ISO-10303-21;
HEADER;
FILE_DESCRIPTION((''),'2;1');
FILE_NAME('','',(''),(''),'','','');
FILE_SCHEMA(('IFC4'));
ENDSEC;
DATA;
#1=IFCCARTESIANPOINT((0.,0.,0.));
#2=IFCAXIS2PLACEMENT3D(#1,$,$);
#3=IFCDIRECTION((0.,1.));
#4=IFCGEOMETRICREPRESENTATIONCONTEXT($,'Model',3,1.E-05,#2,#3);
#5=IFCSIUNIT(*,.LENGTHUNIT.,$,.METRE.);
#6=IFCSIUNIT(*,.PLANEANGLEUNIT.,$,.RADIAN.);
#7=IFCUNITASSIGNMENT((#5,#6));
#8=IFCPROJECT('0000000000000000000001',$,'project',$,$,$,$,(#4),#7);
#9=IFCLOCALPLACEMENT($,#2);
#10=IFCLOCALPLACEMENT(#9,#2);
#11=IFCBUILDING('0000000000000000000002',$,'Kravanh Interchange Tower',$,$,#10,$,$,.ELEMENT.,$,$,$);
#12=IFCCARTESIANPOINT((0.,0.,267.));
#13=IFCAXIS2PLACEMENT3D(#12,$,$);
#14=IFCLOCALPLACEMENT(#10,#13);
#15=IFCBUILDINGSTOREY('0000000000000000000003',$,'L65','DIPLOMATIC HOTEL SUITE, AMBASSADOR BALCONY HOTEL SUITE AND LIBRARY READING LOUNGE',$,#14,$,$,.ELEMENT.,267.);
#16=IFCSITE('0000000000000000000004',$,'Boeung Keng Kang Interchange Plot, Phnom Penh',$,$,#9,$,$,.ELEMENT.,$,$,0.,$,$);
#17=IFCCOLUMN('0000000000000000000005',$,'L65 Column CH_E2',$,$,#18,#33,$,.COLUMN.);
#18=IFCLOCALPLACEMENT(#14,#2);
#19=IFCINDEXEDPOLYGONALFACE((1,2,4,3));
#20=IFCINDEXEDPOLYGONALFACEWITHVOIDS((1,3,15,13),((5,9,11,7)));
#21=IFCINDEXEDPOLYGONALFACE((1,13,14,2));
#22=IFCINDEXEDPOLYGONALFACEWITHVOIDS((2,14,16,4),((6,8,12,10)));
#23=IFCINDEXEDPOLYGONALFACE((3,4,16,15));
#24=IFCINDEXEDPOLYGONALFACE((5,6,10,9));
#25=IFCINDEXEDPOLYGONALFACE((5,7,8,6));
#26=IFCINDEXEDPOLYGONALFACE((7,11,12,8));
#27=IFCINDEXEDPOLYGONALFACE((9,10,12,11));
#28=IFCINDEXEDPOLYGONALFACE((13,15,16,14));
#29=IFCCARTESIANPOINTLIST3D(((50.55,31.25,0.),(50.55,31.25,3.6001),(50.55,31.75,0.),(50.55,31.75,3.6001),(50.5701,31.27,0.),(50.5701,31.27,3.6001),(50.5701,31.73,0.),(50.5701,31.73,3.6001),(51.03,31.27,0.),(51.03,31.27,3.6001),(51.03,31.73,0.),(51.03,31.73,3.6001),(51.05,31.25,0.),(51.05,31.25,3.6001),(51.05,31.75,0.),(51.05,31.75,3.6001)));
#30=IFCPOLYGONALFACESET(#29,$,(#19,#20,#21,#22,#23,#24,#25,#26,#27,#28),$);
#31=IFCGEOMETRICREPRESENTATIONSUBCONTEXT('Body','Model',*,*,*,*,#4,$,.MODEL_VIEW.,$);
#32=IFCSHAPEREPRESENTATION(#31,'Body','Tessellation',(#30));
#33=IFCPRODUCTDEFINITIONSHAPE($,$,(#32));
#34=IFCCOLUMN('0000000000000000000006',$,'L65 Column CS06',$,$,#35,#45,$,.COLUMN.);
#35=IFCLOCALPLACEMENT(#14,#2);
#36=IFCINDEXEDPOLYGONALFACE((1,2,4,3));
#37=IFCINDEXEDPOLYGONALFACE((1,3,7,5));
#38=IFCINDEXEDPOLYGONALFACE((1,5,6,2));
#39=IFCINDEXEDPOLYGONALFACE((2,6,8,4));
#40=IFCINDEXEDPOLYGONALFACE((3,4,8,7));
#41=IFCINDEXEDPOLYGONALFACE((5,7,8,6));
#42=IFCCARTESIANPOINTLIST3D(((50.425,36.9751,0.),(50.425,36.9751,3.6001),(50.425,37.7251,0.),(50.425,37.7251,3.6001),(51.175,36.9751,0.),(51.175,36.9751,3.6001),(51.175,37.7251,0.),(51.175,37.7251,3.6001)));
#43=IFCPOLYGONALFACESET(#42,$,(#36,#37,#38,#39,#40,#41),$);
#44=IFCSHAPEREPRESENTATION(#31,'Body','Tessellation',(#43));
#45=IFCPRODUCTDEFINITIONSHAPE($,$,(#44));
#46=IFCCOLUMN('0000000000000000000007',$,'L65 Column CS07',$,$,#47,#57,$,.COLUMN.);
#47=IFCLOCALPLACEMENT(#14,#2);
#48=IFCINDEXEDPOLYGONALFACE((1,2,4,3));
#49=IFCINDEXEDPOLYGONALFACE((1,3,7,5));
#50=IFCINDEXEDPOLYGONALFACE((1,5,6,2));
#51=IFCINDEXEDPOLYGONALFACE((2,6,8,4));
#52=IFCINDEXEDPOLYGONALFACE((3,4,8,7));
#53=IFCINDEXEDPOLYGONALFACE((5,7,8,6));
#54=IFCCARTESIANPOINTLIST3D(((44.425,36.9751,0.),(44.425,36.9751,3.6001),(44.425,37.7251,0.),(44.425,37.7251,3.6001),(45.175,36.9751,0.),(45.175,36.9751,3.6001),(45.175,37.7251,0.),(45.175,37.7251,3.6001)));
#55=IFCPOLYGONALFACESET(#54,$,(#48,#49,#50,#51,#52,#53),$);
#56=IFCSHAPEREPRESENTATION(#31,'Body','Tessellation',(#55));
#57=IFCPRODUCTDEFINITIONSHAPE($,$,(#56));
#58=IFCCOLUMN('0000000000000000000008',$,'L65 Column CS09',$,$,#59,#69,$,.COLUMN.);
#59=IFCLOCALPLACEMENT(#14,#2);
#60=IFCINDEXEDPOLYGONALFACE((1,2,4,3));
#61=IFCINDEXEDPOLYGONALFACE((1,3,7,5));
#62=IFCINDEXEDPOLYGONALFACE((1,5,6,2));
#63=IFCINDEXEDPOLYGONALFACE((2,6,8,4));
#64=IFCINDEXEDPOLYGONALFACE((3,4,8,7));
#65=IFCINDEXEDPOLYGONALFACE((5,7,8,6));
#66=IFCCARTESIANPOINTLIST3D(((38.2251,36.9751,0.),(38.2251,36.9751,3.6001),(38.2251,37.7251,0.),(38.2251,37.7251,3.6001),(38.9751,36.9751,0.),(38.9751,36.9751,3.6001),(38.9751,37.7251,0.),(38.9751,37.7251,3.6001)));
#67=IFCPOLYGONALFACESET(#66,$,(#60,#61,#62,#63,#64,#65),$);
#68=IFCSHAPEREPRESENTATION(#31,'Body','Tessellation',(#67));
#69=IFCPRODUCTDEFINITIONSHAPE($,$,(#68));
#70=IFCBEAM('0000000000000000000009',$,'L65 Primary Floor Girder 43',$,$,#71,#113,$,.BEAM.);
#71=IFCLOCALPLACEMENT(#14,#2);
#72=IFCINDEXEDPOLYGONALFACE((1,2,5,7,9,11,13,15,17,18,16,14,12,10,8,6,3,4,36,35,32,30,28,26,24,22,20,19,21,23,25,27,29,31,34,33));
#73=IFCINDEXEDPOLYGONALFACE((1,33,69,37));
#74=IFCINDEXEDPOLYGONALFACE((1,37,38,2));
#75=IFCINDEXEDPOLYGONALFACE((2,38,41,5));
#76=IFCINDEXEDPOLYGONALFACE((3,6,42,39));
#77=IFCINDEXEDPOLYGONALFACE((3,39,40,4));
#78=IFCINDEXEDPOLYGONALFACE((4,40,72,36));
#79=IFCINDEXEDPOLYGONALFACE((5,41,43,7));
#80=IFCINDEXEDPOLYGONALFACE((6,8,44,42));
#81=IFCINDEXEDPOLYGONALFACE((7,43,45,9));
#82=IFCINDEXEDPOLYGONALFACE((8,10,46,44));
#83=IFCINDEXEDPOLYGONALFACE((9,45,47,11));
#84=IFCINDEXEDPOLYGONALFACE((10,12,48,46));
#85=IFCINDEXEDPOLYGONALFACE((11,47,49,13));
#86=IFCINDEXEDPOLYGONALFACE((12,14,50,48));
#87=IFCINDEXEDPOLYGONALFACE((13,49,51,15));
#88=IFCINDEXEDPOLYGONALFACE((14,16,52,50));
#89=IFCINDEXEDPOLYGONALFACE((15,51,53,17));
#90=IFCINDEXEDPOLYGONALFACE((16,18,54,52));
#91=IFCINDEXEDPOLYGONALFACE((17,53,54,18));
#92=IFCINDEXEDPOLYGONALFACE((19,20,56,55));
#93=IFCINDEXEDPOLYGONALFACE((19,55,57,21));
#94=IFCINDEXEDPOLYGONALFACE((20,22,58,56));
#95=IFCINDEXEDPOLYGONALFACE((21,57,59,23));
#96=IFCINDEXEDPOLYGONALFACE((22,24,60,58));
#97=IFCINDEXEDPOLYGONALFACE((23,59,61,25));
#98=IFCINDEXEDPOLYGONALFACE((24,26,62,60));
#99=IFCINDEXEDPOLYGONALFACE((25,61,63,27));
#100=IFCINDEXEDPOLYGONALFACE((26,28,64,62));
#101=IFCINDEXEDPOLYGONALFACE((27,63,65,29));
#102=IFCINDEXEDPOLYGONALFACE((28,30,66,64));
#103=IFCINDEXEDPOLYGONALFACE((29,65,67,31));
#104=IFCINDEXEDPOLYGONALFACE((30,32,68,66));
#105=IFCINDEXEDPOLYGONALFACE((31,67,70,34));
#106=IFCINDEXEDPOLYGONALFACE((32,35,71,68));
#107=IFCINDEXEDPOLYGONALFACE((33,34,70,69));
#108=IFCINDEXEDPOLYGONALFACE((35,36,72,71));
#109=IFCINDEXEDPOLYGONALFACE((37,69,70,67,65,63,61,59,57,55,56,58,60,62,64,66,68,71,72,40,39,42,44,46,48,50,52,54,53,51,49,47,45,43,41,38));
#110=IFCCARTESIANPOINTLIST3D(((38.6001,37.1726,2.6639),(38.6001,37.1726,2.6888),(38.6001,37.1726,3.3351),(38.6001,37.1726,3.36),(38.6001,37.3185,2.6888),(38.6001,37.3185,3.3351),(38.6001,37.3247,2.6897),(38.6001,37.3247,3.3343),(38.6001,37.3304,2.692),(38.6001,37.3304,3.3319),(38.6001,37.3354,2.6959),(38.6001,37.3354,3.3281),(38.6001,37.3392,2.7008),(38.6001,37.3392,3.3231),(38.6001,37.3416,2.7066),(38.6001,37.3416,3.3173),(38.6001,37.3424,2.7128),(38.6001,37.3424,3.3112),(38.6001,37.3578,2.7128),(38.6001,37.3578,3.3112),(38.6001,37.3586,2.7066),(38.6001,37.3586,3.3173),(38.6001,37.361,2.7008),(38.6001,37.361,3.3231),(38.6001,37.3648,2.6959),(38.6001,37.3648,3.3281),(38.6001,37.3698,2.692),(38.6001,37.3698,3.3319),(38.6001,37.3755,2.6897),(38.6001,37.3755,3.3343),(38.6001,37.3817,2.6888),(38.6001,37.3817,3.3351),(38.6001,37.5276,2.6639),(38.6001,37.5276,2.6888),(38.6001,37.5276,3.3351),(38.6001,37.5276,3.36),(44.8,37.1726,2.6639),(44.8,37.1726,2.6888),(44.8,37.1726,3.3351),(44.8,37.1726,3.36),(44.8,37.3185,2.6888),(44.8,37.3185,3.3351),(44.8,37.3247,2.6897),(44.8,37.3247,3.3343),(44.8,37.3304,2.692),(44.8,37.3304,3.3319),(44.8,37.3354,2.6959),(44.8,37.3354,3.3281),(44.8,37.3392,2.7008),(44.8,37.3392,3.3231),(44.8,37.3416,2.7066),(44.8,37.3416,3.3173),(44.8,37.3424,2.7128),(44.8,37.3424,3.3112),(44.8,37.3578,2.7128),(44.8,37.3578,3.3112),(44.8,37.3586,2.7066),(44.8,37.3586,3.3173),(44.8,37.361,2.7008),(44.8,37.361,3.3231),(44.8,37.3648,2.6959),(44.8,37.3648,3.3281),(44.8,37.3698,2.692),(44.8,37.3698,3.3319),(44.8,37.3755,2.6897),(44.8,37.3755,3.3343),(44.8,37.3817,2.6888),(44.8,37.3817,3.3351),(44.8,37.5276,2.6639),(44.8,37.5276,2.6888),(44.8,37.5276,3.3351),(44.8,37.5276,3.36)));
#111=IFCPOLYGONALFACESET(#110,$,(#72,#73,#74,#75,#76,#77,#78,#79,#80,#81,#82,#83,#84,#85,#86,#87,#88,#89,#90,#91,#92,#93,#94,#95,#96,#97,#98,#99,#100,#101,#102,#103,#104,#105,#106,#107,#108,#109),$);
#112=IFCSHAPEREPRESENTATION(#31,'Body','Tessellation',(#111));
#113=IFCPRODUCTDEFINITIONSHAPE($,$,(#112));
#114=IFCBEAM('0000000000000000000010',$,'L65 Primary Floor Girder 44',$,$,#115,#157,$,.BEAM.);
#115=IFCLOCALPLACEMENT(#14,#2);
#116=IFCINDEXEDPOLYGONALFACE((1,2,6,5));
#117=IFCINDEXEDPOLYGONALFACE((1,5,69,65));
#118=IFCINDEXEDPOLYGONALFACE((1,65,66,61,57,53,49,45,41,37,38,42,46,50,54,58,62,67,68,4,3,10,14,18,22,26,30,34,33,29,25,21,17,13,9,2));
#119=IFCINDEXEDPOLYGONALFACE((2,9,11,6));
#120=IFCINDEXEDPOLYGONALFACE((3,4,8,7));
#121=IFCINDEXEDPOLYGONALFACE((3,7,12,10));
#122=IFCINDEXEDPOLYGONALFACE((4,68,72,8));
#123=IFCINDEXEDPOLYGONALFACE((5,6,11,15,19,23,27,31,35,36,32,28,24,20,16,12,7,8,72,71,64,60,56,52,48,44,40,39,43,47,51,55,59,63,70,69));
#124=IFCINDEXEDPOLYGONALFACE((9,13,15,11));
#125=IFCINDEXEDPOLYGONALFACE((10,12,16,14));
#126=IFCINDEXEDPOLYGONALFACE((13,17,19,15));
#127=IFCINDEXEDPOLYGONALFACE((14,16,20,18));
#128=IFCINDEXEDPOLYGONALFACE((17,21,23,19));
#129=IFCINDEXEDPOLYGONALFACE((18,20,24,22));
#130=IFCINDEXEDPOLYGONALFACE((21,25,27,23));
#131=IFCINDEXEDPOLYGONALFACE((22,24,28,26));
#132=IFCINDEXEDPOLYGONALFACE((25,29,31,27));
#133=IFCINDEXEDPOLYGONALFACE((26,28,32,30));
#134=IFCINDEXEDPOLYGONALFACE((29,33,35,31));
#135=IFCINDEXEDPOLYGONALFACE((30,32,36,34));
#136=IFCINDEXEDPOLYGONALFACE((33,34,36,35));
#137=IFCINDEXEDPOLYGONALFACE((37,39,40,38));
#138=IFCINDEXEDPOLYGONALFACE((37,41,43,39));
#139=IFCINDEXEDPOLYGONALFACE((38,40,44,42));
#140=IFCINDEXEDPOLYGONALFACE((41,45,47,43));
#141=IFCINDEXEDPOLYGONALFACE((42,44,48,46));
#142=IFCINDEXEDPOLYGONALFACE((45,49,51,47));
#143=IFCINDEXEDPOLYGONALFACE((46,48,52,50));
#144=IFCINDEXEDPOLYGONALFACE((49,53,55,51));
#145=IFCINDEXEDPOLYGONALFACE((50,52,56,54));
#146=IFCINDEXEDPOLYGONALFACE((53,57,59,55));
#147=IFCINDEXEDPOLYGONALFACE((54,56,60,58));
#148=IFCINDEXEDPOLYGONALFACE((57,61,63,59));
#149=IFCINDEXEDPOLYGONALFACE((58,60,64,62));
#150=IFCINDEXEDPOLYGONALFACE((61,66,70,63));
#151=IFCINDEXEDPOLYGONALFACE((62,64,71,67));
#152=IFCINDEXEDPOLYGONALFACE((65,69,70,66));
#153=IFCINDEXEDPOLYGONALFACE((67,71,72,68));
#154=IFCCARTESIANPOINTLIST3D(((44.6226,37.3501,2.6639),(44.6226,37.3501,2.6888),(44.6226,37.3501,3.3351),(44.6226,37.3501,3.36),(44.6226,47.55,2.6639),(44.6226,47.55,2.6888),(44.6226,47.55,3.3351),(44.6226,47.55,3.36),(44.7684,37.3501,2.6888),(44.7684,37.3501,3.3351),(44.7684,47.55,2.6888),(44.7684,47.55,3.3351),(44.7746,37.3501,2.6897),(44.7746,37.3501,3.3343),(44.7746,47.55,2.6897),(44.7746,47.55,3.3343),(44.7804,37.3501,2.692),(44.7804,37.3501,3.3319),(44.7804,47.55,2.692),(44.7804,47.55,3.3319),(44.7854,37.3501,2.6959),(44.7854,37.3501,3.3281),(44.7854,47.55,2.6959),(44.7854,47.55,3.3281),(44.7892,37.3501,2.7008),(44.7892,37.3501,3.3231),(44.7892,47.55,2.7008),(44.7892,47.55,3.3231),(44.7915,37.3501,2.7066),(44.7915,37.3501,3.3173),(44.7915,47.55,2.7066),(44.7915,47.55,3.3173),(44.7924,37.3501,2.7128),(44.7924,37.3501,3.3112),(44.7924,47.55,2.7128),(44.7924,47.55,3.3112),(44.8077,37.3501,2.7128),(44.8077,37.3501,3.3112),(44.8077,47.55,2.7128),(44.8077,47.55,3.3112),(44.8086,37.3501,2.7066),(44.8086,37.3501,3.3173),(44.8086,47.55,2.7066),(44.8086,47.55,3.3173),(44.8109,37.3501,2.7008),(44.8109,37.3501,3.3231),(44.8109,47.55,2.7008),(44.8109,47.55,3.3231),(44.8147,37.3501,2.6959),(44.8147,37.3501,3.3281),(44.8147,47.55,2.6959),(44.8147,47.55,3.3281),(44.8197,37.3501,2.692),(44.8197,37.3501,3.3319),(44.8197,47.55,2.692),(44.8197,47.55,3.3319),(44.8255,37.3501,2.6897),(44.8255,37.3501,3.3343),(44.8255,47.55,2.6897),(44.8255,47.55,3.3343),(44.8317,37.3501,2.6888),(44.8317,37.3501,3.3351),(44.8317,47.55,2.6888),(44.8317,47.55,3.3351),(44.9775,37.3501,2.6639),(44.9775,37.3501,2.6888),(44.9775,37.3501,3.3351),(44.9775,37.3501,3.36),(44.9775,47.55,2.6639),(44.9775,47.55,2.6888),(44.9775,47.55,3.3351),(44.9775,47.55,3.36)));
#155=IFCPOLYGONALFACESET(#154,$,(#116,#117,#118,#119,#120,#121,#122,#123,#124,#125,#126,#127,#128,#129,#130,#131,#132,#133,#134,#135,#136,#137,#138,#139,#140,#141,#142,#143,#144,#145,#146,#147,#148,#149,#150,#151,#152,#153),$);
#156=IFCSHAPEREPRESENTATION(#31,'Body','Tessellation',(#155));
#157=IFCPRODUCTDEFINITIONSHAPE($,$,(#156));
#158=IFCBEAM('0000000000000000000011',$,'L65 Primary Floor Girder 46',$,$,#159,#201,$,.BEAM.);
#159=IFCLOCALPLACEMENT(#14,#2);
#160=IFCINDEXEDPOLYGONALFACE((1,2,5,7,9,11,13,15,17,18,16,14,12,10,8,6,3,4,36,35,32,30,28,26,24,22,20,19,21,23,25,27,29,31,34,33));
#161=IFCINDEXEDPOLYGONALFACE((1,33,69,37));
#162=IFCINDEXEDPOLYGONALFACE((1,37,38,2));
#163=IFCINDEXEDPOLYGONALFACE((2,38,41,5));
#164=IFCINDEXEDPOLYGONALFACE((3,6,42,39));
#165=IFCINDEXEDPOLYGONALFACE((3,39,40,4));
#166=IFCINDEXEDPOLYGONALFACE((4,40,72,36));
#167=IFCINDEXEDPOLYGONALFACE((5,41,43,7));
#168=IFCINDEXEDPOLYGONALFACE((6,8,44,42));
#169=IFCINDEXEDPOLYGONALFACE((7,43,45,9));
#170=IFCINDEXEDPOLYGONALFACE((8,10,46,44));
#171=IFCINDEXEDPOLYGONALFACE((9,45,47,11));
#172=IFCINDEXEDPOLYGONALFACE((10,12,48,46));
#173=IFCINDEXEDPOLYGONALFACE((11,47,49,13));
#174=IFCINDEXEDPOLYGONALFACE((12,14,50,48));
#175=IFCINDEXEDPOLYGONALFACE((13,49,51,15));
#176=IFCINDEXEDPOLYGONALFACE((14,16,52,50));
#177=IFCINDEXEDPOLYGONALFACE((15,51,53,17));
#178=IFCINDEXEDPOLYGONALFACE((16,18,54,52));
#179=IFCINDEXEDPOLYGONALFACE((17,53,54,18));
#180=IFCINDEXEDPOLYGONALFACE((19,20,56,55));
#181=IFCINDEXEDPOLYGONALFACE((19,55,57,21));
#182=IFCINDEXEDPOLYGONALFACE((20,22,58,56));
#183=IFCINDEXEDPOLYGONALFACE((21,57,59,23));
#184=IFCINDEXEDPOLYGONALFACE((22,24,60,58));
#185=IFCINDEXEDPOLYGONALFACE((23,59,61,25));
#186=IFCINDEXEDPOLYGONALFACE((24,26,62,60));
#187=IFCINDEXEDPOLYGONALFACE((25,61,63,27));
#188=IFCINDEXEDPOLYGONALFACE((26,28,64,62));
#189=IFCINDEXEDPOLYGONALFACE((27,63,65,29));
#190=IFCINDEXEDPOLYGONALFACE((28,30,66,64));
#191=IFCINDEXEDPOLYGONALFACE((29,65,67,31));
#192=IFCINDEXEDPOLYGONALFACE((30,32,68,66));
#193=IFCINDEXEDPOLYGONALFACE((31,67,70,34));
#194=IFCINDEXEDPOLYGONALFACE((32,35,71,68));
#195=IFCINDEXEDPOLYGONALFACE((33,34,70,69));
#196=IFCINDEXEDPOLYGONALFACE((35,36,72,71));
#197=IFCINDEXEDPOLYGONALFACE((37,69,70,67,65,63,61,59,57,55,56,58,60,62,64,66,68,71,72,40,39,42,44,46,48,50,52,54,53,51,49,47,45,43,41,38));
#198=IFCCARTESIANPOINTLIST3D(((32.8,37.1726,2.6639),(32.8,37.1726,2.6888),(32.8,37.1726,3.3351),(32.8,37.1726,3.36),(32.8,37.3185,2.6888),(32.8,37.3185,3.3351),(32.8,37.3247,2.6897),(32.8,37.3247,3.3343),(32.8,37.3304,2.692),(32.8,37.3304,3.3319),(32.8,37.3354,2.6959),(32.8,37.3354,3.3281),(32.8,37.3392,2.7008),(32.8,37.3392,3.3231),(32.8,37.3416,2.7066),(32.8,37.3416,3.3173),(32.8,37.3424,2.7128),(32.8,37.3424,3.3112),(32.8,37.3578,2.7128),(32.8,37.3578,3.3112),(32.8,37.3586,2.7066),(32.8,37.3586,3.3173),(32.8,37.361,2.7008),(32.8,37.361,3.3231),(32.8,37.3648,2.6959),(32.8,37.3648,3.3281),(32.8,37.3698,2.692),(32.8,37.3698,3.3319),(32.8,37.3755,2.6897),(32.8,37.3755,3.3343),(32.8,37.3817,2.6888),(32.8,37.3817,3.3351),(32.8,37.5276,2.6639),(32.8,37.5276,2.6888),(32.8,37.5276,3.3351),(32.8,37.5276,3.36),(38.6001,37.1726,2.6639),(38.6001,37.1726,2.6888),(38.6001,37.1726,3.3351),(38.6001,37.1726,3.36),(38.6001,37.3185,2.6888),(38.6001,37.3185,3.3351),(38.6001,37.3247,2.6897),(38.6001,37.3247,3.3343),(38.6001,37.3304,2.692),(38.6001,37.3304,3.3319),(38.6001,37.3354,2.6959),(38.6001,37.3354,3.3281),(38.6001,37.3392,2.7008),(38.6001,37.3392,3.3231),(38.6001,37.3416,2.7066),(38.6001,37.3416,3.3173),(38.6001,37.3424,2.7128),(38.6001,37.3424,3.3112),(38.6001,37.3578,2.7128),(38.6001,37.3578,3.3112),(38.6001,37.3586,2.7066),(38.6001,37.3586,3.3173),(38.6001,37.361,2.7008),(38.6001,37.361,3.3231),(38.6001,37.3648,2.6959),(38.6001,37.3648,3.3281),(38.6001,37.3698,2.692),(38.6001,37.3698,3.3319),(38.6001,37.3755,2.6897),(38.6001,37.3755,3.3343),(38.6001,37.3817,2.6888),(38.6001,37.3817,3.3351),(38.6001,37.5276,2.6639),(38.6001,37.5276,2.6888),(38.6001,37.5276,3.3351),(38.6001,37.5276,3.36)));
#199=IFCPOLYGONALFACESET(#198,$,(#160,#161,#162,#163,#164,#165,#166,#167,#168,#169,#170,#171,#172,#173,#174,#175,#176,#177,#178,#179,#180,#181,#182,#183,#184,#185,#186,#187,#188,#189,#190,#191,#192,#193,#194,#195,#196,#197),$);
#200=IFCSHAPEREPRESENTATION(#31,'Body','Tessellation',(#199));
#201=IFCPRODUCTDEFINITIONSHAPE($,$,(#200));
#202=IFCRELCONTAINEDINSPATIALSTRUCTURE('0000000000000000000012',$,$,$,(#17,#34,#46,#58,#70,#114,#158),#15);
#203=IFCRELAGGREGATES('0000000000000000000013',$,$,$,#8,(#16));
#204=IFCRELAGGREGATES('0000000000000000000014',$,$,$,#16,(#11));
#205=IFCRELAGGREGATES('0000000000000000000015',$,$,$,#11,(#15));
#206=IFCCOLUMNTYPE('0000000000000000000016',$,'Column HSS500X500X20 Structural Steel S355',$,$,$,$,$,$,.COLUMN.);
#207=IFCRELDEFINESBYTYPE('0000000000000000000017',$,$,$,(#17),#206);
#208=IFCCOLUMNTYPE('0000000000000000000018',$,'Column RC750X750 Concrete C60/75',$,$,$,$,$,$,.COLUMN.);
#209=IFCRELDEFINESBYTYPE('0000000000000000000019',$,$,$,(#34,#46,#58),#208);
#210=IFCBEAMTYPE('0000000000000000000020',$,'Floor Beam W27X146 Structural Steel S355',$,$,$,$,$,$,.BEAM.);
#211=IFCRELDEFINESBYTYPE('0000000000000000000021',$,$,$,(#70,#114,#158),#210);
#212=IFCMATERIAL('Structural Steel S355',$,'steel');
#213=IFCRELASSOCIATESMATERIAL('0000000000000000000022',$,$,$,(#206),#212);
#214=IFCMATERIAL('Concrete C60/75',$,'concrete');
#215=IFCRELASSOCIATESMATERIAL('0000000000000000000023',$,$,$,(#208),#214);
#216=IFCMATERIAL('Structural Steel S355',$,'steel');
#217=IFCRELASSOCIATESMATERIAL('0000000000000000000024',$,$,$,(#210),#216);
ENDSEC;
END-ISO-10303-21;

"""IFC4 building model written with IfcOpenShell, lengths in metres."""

from ifc_helpers import new_model, si_unit, direction, frame, origin, origin_2d, place, context, subcontext, project, spatial, rectangle, hollow_rectangle, i_section, extrude, material, material_profile, profile_set, type_object, element, save


model = new_model("IFC4")

# Units and contexts
model_context = context("Model", 3, precision=1e-05, world=origin(), true_north=direction((0.0, 1.0)))
body_context = subcontext(model_context, "Body", "Model", "MODEL_VIEW")
ifc_project = project(units=[si_unit("LENGTHUNIT", "METRE"), si_unit("PLANEANGLEUNIT", "RADIAN")], contexts=[model_context])

# Site, building, storey
site_placement = place(None, origin())
site = spatial("IfcSite", under=ifc_project, at=site_placement, Name="Boeung Keng Kang Interchange Plot, Phnom Penh", CompositionType="ELEMENT", RefElevation=0.0)
building_placement = place(site_placement, origin())
building = spatial("IfcBuilding", under=site, at=building_placement, Name="Kravanh Interchange Tower", CompositionType="ELEMENT")
storey_placement = place(building_placement, frame((0.0, 0.0, 267.0)))
storey = spatial("IfcBuildingStorey", under=building, at=storey_placement, Name="L65", Description="DIPLOMATIC HOTEL SUITE, AMBASSADOR BALCONY HOTEL SUITE AND LIBRARY READING LOUNGE", CompositionType="ELEMENT", Elevation=267.0)

# Columns
ifc_material_1 = material(Name="Structural Steel S355", Category="steel")
ifc_material_profile_1 = material_profile(ifc_material_1, hollow_rectangle(XDim=0.5, YDim=0.5, WallThickness=0.02, at=origin_2d()), Name="HSS500X500X20")
ifc_profile_set_1 = profile_set([ifc_material_profile_1], Name="Structural Steel S355")
column_type_1 = type_object("IfcColumnType", Name="Column HSS500X500X20 Structural Steel S355", PredefinedType="COLUMN", material=ifc_profile_set_1)
column_placement = place(storey_placement, frame((50.8, 31.5, 0.0), z_axis=(0.0, 0.0, 1.0), x_axis=(1.0, 0.0, 0.0)))
element("IfcColumn", 1, at=column_placement, inside=storey, type_object=column_type_1, Name="L65 Column CH_E2", PredefinedType="COLUMN", context=body_context, shape_type="SweptSolid", body=[
    extrude(hollow_rectangle(XDim=0.5, YDim=0.5, WallThickness=0.02, at=origin_2d()), origin(), (0.0, 0.0, 1.0), 3.6001),
])
ifc_material_2 = material(Name="Concrete C60/75", Category="concrete")
ifc_material_profile_2 = material_profile(ifc_material_2, rectangle(XDim=0.75, YDim=0.75, at=origin_2d()), Name="RC750X750")
ifc_profile_set_2 = profile_set([ifc_material_profile_2], Name="Concrete C60/75")
column_type_2 = type_object("IfcColumnType", Name="Column RC750X750 Concrete C60/75", PredefinedType="COLUMN", material=ifc_profile_set_2)
for number, where, z_axis, x_axis, name in (
    (2, (50.8, 37.3501, 0.0), (0.0, 0.0, 1.0), (1.0, 0.0, 0.0), "L65 Column CS06"),
    (3, (44.8, 37.3501, 0.0), (0.0, 0.0, 1.0), (1.0, 0.0, 0.0), "L65 Column CS07"),
    (4, (38.6001, 37.3501, 0.0), (0.0, 0.0, 1.0), (1.0, 0.0, 0.0), "L65 Column CS09"),
):
    element("IfcColumn", number, at=place(storey_placement, frame(where, z_axis=z_axis, x_axis=x_axis)), inside=storey, type_object=column_type_2, Name=name, PredefinedType="COLUMN", context=body_context, shape_type="SweptSolid", body=[
        extrude(rectangle(XDim=0.75, YDim=0.75, at=origin_2d()), origin(), (0.0, 0.0, 1.0), 3.6001),
    ])

# Beams
ifc_material_3 = material(Name="Structural Steel S355", Category="steel")
ifc_material_profile_3 = material_profile(ifc_material_3, i_section(OverallWidth=0.355, OverallDepth=0.696, WebThickness=0.0154, FlangeThickness=0.0249, FilletRadius=0.0239, at=origin_2d()), Name="W27X146")
ifc_profile_set_3 = profile_set([ifc_material_profile_3], Name="Structural Steel S355")
beam_type_1 = type_object("IfcBeamType", Name="Floor Beam W27X146 Structural Steel S355", PredefinedType="BEAM", material=ifc_profile_set_3)
beam_1_placement = place(storey_placement, frame((44.8, 37.3501, 3.012), z_axis=(-1.0, 0.0, 0.0), x_axis=(0.0, -1.0, 0.0)))
element("IfcBeam", 5, at=beam_1_placement, inside=storey, type_object=beam_type_1, Name="L65 Primary Floor Girder 43", PredefinedType="BEAM", context=body_context, shape_type="SweptSolid", body=[
    extrude(i_section(OverallWidth=0.355, OverallDepth=0.696, WebThickness=0.0154, FlangeThickness=0.0249, FilletRadius=0.0239, at=origin_2d()), origin(), (0.0, 0.0, 1.0), 6.2),
])
beam_2_placement = place(storey_placement, frame((44.8, 37.3501, 3.012), z_axis=(0.0, 1.0, 0.0), x_axis=(-1.0, 0.0, 0.0)))
element("IfcBeam", 6, at=beam_2_placement, inside=storey, type_object=beam_type_1, Name="L65 Primary Floor Girder 44", PredefinedType="BEAM", context=body_context, shape_type="SweptSolid", body=[
    extrude(i_section(OverallWidth=0.355, OverallDepth=0.696, WebThickness=0.0154, FlangeThickness=0.0249, FilletRadius=0.0239, at=origin_2d()), origin(), (0.0, 0.0, 1.0), 10.2),
])
beam_3_placement = place(storey_placement, frame((38.6001, 37.3501, 3.012), z_axis=(-1.0, 0.0, 0.0), x_axis=(0.0, -1.0, 0.0)))
element("IfcBeam", 7, at=beam_3_placement, inside=storey, type_object=beam_type_1, Name="L65 Primary Floor Girder 46", PredefinedType="BEAM", context=body_context, shape_type="SweptSolid", body=[
    extrude(i_section(OverallWidth=0.355, OverallDepth=0.696, WebThickness=0.0154, FlangeThickness=0.0249, FilletRadius=0.0239, at=origin_2d()), origin(), (0.0, 0.0, 1.0), 5.8),
])

save(model, "model.ifc")
